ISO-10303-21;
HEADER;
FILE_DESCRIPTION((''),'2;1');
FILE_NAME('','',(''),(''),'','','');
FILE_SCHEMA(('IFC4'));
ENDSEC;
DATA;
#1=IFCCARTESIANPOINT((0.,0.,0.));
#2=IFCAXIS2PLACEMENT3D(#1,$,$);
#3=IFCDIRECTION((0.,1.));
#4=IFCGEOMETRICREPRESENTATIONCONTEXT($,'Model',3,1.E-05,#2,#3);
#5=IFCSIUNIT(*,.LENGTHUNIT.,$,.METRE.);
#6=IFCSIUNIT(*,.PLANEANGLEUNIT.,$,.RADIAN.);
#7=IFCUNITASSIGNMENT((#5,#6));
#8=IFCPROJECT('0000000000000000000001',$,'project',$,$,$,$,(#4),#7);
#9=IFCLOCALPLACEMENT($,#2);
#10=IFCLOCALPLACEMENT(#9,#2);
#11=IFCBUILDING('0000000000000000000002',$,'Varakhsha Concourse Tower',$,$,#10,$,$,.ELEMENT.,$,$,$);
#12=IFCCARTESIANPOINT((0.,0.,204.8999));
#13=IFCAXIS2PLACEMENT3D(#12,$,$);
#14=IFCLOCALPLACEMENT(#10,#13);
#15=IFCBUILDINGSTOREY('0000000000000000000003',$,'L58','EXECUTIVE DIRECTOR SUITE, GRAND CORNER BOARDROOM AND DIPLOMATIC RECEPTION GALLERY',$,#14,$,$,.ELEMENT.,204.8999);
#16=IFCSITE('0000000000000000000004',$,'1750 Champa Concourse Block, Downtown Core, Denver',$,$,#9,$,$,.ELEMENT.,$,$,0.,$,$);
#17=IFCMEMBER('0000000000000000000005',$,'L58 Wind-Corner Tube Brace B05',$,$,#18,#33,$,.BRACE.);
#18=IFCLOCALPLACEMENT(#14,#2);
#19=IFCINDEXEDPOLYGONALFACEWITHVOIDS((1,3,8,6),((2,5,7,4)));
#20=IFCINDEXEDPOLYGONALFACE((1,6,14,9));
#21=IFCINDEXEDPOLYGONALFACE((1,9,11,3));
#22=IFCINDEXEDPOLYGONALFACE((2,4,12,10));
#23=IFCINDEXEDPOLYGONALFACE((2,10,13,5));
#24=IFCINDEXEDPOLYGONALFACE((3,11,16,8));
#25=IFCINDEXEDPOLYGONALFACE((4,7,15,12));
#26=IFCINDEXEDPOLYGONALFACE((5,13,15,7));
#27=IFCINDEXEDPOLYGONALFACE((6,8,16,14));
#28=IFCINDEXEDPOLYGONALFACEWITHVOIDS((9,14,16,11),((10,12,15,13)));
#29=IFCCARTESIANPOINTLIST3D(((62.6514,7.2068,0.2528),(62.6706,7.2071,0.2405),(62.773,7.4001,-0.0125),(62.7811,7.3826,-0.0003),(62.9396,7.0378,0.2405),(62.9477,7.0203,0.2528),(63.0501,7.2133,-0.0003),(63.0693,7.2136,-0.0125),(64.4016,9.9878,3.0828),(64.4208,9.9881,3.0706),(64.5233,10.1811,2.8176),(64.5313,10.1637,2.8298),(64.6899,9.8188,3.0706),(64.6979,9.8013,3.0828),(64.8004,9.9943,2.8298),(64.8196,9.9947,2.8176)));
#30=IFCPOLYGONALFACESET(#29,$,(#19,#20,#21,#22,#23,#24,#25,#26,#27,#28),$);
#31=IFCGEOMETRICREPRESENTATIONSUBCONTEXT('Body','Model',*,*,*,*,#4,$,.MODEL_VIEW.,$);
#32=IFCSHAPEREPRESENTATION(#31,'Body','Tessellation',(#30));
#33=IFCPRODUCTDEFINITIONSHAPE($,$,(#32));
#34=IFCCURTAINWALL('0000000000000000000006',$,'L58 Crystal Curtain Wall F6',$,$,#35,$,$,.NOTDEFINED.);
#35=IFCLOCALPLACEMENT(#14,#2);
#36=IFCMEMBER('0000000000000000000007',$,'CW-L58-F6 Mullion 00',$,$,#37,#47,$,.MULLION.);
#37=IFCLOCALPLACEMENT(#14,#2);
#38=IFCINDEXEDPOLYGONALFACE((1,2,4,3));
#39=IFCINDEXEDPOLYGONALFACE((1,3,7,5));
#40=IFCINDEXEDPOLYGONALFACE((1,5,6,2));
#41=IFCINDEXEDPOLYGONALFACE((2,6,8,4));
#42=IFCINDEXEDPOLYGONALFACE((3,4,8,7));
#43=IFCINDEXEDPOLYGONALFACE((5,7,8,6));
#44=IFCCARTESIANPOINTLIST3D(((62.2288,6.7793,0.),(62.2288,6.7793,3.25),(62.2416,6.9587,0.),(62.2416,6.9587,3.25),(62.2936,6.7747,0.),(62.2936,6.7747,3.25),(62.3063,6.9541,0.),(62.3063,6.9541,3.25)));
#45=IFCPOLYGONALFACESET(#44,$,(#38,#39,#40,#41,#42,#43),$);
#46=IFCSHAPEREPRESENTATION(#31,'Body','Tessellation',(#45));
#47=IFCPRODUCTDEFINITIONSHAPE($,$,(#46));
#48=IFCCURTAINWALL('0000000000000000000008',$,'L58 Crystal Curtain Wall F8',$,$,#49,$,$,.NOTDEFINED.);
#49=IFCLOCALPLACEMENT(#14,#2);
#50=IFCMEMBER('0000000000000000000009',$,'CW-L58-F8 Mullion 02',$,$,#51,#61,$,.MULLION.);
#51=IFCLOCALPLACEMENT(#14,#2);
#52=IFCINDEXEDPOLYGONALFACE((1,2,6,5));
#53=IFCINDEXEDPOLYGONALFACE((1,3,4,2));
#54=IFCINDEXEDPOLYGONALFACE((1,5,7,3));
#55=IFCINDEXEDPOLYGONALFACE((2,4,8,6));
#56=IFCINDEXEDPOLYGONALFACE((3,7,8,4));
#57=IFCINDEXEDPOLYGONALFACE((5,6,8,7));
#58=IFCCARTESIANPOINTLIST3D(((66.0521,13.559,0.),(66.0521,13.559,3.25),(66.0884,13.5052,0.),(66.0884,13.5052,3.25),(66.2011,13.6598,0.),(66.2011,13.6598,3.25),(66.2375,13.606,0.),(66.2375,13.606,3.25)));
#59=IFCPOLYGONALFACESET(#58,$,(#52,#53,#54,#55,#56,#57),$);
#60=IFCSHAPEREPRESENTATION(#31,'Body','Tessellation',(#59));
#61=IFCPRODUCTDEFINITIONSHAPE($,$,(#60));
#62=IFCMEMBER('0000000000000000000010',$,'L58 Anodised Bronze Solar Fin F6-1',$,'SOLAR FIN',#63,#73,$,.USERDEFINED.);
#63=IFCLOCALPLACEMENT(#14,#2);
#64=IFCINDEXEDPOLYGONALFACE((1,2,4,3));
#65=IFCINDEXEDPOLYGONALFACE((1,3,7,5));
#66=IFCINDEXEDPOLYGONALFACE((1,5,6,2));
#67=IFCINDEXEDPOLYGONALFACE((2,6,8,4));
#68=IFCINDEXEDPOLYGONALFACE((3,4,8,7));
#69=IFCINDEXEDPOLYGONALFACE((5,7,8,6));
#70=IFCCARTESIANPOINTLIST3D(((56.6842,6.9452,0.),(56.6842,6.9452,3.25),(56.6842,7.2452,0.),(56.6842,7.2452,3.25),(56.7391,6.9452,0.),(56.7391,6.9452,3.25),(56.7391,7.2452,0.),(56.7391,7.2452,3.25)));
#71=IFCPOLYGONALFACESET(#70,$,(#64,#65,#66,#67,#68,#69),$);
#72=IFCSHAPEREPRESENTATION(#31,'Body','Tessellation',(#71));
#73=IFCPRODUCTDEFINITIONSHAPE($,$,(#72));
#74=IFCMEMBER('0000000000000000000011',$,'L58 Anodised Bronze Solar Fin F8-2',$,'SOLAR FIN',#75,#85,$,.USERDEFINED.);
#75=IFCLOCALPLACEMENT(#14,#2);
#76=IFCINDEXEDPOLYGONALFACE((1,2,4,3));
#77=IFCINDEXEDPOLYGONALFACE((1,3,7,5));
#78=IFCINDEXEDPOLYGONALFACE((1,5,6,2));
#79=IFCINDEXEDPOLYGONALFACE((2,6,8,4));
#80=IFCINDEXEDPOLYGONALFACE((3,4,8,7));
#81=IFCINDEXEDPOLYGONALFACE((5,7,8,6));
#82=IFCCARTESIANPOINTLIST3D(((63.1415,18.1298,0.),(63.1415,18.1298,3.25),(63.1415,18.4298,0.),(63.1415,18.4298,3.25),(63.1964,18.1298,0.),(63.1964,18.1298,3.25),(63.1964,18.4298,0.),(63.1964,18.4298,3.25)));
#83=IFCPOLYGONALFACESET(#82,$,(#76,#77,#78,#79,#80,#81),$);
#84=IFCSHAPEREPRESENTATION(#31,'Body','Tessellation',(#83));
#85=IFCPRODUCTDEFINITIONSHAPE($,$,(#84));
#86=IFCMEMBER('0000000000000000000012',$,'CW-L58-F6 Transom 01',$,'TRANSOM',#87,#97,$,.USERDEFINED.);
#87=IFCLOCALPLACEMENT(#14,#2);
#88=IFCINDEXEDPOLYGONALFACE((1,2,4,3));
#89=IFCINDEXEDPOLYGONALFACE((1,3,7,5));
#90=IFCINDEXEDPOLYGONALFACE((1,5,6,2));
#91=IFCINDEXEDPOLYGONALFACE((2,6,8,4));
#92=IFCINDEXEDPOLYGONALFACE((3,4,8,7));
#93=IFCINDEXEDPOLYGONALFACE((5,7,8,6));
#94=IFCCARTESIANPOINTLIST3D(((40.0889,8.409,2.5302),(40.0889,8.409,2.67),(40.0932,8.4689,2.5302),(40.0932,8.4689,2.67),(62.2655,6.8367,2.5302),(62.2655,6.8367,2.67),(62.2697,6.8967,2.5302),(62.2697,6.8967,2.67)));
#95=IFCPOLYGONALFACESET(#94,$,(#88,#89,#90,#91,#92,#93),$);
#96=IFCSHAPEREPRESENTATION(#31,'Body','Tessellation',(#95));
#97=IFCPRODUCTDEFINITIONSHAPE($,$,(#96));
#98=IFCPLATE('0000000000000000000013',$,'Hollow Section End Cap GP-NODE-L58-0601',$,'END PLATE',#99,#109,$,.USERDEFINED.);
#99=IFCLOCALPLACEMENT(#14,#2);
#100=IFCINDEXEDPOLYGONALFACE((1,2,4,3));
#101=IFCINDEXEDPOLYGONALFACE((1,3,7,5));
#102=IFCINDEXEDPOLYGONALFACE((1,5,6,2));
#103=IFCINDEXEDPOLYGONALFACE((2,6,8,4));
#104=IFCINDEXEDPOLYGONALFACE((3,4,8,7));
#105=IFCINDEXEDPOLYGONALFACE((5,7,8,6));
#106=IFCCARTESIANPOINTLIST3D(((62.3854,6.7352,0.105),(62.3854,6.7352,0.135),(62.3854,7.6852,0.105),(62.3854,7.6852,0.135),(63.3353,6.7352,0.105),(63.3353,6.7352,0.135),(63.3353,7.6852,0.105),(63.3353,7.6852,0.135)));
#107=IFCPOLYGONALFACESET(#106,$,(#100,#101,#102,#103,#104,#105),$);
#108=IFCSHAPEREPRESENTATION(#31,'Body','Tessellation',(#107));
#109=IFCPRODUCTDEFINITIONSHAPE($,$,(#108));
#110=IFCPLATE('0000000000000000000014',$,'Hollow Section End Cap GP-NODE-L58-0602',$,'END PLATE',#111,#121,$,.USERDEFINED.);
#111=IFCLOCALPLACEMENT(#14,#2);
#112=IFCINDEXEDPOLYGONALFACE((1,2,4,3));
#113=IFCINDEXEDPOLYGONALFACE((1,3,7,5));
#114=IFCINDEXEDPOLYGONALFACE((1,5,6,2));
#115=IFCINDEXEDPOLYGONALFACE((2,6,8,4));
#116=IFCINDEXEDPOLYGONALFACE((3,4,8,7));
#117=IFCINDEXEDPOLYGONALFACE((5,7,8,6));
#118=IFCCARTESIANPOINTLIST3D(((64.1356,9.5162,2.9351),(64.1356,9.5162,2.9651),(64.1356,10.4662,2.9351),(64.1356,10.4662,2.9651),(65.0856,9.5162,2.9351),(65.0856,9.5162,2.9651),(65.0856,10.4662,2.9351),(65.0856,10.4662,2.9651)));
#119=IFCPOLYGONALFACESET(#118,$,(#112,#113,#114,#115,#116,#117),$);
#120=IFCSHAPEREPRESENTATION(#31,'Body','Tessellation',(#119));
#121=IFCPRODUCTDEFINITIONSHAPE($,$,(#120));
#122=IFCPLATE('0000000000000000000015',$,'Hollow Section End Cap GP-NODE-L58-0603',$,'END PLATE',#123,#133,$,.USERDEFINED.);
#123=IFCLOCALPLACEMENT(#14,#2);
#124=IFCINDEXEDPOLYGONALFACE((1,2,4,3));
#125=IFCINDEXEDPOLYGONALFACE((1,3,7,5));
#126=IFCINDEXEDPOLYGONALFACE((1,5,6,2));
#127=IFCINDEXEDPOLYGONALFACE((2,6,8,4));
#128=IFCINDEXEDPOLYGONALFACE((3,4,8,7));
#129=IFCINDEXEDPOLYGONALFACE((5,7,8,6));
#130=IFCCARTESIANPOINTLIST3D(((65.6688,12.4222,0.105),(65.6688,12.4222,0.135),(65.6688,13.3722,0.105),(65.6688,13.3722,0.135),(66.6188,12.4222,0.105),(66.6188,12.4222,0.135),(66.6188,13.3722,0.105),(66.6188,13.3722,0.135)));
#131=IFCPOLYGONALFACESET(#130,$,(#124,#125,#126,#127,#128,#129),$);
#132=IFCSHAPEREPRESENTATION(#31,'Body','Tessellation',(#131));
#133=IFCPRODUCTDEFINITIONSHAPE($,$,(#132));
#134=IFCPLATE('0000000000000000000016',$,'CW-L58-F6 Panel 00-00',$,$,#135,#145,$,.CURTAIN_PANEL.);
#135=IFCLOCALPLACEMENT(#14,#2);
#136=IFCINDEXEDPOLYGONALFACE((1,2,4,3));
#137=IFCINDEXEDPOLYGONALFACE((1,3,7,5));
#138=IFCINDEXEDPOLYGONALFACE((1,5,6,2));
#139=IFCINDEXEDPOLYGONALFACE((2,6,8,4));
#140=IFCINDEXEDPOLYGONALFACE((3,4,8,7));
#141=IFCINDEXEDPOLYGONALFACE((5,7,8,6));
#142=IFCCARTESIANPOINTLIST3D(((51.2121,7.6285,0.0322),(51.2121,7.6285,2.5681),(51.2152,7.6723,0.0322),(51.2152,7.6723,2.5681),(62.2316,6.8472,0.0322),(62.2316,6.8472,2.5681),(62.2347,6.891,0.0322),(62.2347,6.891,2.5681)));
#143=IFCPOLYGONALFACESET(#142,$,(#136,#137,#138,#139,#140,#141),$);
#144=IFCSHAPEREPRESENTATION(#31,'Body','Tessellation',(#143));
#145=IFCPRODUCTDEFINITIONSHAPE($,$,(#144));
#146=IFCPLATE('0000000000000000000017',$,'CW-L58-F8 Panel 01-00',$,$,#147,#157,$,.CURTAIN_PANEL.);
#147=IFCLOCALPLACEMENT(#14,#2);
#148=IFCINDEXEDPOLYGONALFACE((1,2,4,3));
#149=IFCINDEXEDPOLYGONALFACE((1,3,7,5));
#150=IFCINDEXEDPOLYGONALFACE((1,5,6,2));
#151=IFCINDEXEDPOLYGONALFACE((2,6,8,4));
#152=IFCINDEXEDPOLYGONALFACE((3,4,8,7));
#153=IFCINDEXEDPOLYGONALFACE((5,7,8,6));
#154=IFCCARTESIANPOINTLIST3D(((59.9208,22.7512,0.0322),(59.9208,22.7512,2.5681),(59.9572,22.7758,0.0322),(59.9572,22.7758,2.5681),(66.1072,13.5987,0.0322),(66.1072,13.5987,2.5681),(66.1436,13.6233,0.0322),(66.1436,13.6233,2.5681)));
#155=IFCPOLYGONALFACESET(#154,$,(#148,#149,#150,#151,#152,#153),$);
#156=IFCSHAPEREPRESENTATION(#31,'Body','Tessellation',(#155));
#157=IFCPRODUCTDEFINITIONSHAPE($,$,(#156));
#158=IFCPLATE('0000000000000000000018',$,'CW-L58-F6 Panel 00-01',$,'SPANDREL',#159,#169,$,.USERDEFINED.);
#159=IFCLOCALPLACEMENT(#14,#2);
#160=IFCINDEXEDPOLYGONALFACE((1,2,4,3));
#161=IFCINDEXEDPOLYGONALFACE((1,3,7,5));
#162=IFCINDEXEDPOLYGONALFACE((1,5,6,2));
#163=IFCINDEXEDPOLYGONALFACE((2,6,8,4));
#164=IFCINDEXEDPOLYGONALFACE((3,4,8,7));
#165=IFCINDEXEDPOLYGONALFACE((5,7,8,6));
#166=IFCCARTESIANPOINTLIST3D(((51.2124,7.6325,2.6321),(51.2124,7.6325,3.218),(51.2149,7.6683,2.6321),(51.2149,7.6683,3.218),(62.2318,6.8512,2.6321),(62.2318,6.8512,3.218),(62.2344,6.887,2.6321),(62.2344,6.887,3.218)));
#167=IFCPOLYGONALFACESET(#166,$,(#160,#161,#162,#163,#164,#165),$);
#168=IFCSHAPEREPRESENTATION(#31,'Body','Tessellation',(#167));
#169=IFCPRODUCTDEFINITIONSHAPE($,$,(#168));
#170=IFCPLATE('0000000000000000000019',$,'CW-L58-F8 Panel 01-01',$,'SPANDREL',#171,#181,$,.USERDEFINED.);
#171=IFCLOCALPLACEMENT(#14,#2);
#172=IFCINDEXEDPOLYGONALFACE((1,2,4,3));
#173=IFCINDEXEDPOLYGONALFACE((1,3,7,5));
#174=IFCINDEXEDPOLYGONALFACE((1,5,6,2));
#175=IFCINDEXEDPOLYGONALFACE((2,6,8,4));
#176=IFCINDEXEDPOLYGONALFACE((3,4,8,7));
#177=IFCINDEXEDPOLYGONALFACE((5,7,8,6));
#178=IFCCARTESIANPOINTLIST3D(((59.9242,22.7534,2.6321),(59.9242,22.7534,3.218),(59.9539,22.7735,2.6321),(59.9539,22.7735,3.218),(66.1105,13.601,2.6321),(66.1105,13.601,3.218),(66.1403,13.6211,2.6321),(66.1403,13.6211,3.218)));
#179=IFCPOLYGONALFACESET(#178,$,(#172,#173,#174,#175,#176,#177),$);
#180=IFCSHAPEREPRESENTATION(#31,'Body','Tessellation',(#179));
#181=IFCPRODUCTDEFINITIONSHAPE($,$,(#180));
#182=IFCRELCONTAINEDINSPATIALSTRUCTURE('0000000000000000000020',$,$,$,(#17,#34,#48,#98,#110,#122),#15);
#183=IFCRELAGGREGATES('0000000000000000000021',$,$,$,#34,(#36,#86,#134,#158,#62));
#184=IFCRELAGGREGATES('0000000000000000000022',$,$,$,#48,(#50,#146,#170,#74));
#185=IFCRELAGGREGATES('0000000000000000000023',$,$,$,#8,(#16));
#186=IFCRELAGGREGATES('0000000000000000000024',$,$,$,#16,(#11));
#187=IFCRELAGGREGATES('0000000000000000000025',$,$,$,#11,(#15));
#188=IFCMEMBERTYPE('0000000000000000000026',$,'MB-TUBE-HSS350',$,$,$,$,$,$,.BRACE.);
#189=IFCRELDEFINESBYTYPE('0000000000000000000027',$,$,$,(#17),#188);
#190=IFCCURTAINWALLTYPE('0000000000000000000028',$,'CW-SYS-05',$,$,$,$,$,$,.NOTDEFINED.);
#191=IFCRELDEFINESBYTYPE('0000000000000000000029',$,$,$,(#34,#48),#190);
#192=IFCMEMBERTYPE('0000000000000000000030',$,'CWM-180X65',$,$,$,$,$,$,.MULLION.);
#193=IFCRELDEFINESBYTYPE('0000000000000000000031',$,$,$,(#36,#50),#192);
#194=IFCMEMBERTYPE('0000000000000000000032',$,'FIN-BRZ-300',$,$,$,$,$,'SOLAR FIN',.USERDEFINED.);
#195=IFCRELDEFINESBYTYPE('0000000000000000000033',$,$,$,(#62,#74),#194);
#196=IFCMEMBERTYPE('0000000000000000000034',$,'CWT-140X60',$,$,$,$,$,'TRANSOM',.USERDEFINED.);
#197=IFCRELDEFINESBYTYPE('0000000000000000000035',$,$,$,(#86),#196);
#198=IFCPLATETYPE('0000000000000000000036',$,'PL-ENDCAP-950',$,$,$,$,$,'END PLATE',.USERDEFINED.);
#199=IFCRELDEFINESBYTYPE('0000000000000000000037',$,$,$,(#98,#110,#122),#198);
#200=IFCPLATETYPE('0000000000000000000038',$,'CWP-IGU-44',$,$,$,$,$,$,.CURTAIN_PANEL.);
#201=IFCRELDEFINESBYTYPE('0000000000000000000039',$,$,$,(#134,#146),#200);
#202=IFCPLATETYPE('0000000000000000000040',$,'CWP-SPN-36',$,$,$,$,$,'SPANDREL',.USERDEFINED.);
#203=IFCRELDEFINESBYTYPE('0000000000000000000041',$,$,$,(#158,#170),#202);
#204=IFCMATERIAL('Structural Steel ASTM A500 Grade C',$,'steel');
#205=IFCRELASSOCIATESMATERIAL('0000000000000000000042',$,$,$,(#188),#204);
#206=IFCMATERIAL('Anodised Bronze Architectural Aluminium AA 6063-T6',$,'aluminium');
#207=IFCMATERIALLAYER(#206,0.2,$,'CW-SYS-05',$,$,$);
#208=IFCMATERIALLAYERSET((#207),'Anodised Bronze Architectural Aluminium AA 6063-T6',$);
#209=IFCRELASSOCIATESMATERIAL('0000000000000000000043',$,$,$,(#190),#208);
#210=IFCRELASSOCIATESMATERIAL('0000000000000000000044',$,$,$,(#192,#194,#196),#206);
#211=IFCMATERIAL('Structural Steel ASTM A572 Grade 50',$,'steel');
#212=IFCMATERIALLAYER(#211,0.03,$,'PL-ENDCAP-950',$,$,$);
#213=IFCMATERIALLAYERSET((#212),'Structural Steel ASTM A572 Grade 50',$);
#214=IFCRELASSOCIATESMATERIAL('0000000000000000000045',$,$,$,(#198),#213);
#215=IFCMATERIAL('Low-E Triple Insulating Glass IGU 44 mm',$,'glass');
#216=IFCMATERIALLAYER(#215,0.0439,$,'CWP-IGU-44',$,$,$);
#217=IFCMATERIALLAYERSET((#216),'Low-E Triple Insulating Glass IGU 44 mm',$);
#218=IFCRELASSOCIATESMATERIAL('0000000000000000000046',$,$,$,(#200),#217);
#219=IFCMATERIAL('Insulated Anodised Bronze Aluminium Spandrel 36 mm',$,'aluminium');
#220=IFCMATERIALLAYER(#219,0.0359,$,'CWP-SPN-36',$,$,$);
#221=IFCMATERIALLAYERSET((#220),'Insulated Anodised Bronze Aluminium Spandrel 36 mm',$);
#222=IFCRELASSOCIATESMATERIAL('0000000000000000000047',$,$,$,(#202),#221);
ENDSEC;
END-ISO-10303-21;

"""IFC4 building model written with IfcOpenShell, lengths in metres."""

from ifc_helpers import new_model, si_unit, direction, frame, origin, origin_2d, place, context, subcontext, project, spatial, rectangle, hollow_rectangle, extrude, source, transform, mapped, material, layer, layer_set, material_profile, profile_set, type_object, type_shapes, element, aggregate, save


model = new_model("IFC4")

# Units and contexts
model_context = context("Model", 3, precision=1e-05, world=origin(), true_north=direction((0.0, 1.0)))
body_context = subcontext(model_context, "Body", "Model", "MODEL_VIEW")
ifc_project = project(units=[si_unit("LENGTHUNIT", "METRE"), si_unit("PLANEANGLEUNIT", "RADIAN")], contexts=[model_context])

# Site, building, storey
site_placement = place(None, origin())
site = spatial("IfcSite", under=ifc_project, at=site_placement, Name="1750 Champa Concourse Block, Downtown Core, Denver", CompositionType="ELEMENT", RefElevation=0.0)
building_placement = place(site_placement, origin())
building = spatial("IfcBuilding", under=site, at=building_placement, Name="Varakhsha Concourse Tower", CompositionType="ELEMENT")
storey_placement = place(building_placement, frame((0.0, 0.0, 204.8999)))
storey = spatial("IfcBuildingStorey", under=building, at=storey_placement, Name="L58", Description="EXECUTIVE DIRECTOR SUITE, GRAND CORNER BOARDROOM AND DIPLOMATIC RECEPTION GALLERY", CompositionType="ELEMENT", Elevation=204.8999)

# Shared definitions
ifc_material_1 = material(Name="Structural Steel ASTM A572 Grade 50", Category="steel")

# Member
ifc_material_2 = material(Name="Structural Steel ASTM A500 Grade C", Category="steel")
ifc_material_profile_1 = material_profile(ifc_material_2, hollow_rectangle(XDim=0.3501, YDim=0.3501, WallThickness=0.0161, at=origin_2d()), Name="HSS 350x350x16")
ifc_profile_set_1 = profile_set([ifc_material_profile_1], Name="Structural Steel ASTM A500 Grade C")
member_type_1 = type_object("IfcMemberType", Name="MB-TUBE-HSS350", PredefinedType="BRACE", material=ifc_profile_set_1)
shared_shape_1 = source(origin(), body_context, "Body", "SweptSolid", [
    extrude(hollow_rectangle(XDim=0.3501, YDim=0.3501, WallThickness=0.0161, at=origin_2d()), origin(), (0.0, 0.0, 1.0), 4.3367),
])
member_1_placement = place(storey_placement, frame((62.8604, 7.2102, 0.1201), z_axis=(0.403592, 0.641277, 0.652593), x_axis=(-0.846337, 0.532648, 0.0)))
element("IfcMember", 1, at=member_1_placement, inside=storey, type_object=member_type_1, Name="L58 Wind-Corner Tube Brace B05", PredefinedType="BRACE", context=body_context, shape_type="MappedRepresentation", body=[
    mapped(shared_shape_1, transform((0.0, 0.0, 0.0), scale=1.0)),
])

# Curtain walls, members
ifc_material_3 = material(Name="Anodised Bronze Architectural Aluminium AA 6063-T6", Category="aluminium")
ifc_layer_1 = layer(ifc_material_3, 0.2, Name="CW-SYS-05")
ifc_layer_set_1 = layer_set([ifc_layer_1], Name="Anodised Bronze Architectural Aluminium AA 6063-T6")
curtain_wall_type = type_object("IfcCurtainWallType", Name="CW-SYS-05", PredefinedType="NOTDEFINED", material=ifc_layer_set_1)
curtain_wall_1_placement = place(storey_placement, origin())
curtain_wall_1 = element("IfcCurtainWall", 2, at=curtain_wall_1_placement, inside=storey, type_object=curtain_wall_type, Name="L58 Crystal Curtain Wall F6", PredefinedType="NOTDEFINED")
ifc_material_profile_2 = material_profile(ifc_material_3, rectangle(XDim=0.0649, YDim=0.1799, at=origin_2d()), Name="CWM-180X65")
ifc_profile_set_2 = profile_set([ifc_material_profile_2], Name="Anodised Bronze Architectural Aluminium AA 6063-T6")
member_type_2 = type_object("IfcMemberType", Name="CWM-180X65", PredefinedType="MULLION", material=ifc_profile_set_2)
shared_shape_2 = source(origin(), body_context, "Body", "SweptSolid", [
    extrude(rectangle(XDim=0.0649, YDim=0.1799, at=origin_2d()), origin(), (0.0, 0.0, 1.0), 3.25),
])
type_shapes(member_type_2, [shared_shape_2])
member_2_placement = place(storey_placement, frame((62.2676, 6.8667, 0.0), z_axis=(0.0, 0.0, 1.0), x_axis=(-0.997496, 0.070723, 0.0)))
member_2 = element("IfcMember", 3, at=member_2_placement, type_object=member_type_2, Name="CW-L58-F6 Mullion 00", PredefinedType="MULLION", context=body_context, shape_type="MappedRepresentation", body=[
    mapped(shared_shape_2, transform((0.0, 0.0, 0.0), scale=1.0)),
])
curtain_wall_2_placement = place(storey_placement, origin())
curtain_wall_2 = element("IfcCurtainWall", 4, at=curtain_wall_2_placement, inside=storey, type_object=curtain_wall_type, Name="L58 Crystal Curtain Wall F8", PredefinedType="NOTDEFINED")
member_3_placement = place(storey_placement, frame((66.1448, 13.5825, 0.0), z_axis=(0.0, 0.0, 1.0), x_axis=(0.559999, -0.828494, 0.0)))
member_3 = element("IfcMember", 5, at=member_3_placement, type_object=member_type_2, Name="CW-L58-F8 Mullion 02", PredefinedType="MULLION", context=body_context, shape_type="MappedRepresentation", body=[
    mapped(shared_shape_2, transform((0.0, 0.0, 0.0), scale=1.0)),
])

# Members
ifc_material_profile_3 = material_profile(ifc_material_3, rectangle(XDim=0.0549, YDim=0.3, at=origin_2d()), Name="FIN-BRZ-300")
ifc_profile_set_3 = profile_set([ifc_material_profile_3], Name="Anodised Bronze Architectural Aluminium AA 6063-T6")
member_type_3 = type_object("IfcMemberType", Name="FIN-BRZ-300", ElementType="SOLAR FIN", PredefinedType="USERDEFINED", material=ifc_profile_set_3)
shared_shape_3 = source(origin(), body_context, "Body", "SweptSolid", [
    extrude(rectangle(XDim=0.0549, YDim=0.3, at=origin_2d()), origin(), (0.0, 0.0, 1.0), 3.25),
])
type_shapes(member_type_3, [shared_shape_3])
member_4_placement = place(storey_placement, frame((56.7117, 7.0952, 0.0), z_axis=(0.0, 0.0, 1.0), x_axis=(1.0, 0.0, 0.0)))
member_4 = element("IfcMember", 6, at=member_4_placement, type_object=member_type_3, Name="L58 Anodised Bronze Solar Fin F6-1", ObjectType="SOLAR FIN", PredefinedType="USERDEFINED", context=body_context, shape_type="MappedRepresentation", body=[
    mapped(shared_shape_3, transform((0.0, 0.0, 0.0), scale=1.0)),
])
member_5_placement = place(storey_placement, frame((63.1689, 18.2798, 0.0), z_axis=(0.0, 0.0, 1.0), x_axis=(1.0, 0.0, 0.0)))
member_5 = element("IfcMember", 7, at=member_5_placement, type_object=member_type_3, Name="L58 Anodised Bronze Solar Fin F8-2", ObjectType="SOLAR FIN", PredefinedType="USERDEFINED", context=body_context, shape_type="MappedRepresentation", body=[
    mapped(shared_shape_3, transform((0.0, 0.0, 0.0), scale=1.0)),
])
ifc_material_profile_4 = material_profile(ifc_material_3, rectangle(XDim=0.0601, YDim=0.1399, at=origin_2d()), Name="CWT-140X60")
ifc_profile_set_4 = profile_set([ifc_material_profile_4], Name="Anodised Bronze Architectural Aluminium AA 6063-T6")
member_type_4 = type_object("IfcMemberType", Name="CWT-140X60", ElementType="TRANSOM", PredefinedType="USERDEFINED", material=ifc_profile_set_4)
shared_shape_4 = source(origin(), body_context, "Body", "SweptSolid", [
    extrude(rectangle(XDim=0.0601, YDim=0.1399, at=origin_2d()), origin(), (0.0, 0.0, 1.0), 22.2322),
])
type_shapes(member_type_4, [shared_shape_4])
member_6_placement = place(storey_placement, frame((62.2676, 6.8667, 2.6001), z_axis=(-0.997496, 0.07072, 0.0), x_axis=(-0.07072, -0.997496, 0.0)))
member_6 = element("IfcMember", 8, at=member_6_placement, type_object=member_type_4, Name="CW-L58-F6 Transom 01", ObjectType="TRANSOM", PredefinedType="USERDEFINED", context=body_context, shape_type="MappedRepresentation", body=[
    mapped(shared_shape_4, transform((0.0, 0.0, 0.0), scale=1.0)),
])

# Plates
ifc_layer_2 = layer(ifc_material_1, 0.03, Name="PL-ENDCAP-950")
ifc_layer_set_2 = layer_set([ifc_layer_2], Name="Structural Steel ASTM A572 Grade 50")
plate_type_1 = type_object("IfcPlateType", Name="PL-ENDCAP-950", ElementType="END PLATE", PredefinedType="USERDEFINED", material=ifc_layer_set_2)
shared_shape_5 = source(origin(), body_context, "Body", "SweptSolid", [
    extrude(rectangle(XDim=0.95, YDim=0.95, at=origin_2d()), origin(), (0.0, 0.0, 1.0), 0.03),
])
type_shapes(plate_type_1, [shared_shape_5])
for number, where, z_axis, x_axis, name in (
    (9, (62.8604, 7.2102, 0.105), (0.0, 0.0, 1.0), (1.0, 0.0, 0.0), "Hollow Section End Cap GP-NODE-L58-0601"),
    (10, (64.6106, 9.9912, 2.9351), (0.0, 0.0, 1.0), (1.0, 0.0, 0.0), "Hollow Section End Cap GP-NODE-L58-0602"),
    (11, (66.1438, 12.8972, 0.105), (0.0, 0.0, 1.0), (1.0, 0.0, 0.0), "Hollow Section End Cap GP-NODE-L58-0603"),
):
    element("IfcPlate", number, at=place(storey_placement, frame(where, z_axis=z_axis, x_axis=x_axis)), inside=storey, type_object=plate_type_1, Name=name, ObjectType="END PLATE", PredefinedType="USERDEFINED", context=body_context, shape_type="MappedRepresentation", body=[
        mapped(shared_shape_5, transform((0.0, 0.0, 0.0), scale=1.0)),
    ])

# Plates
ifc_material_4 = material(Name="Low-E Triple Insulating Glass IGU 44 mm", Category="glass")
ifc_layer_3 = layer(ifc_material_4, 0.0439, Name="CWP-IGU-44")
ifc_layer_set_3 = layer_set([ifc_layer_3], Name="Low-E Triple Insulating Glass IGU 44 mm")
plate_type_2 = type_object("IfcPlateType", Name="CWP-IGU-44", PredefinedType="CURTAIN_PANEL", material=ifc_layer_set_3)
shared_shape_6 = source(origin(), body_context, "Body", "SweptSolid", [
    extrude(rectangle(XDim=11.0471, YDim=0.0439, at=origin_2d()), origin(), (0.0, 0.0, 1.0), 2.5359),
])
type_shapes(plate_type_2, [shared_shape_6])
plate_1_placement = place(storey_placement, frame((56.7234, 7.2598, 0.0322), z_axis=(0.0, 0.0, 1.0), x_axis=(-0.997496, 0.070723, 0.0)))
plate_1 = element("IfcPlate", 12, at=plate_1_placement, type_object=plate_type_2, Name="CW-L58-F6 Panel 00-00", PredefinedType="CURTAIN_PANEL", context=body_context, shape_type="MappedRepresentation", body=[
    mapped(shared_shape_6, transform((0.0, 0.0, 0.0), scale=1.0)),
])
plate_2_placement = place(storey_placement, frame((63.0322, 18.1873, 0.0322), z_axis=(0.0, 0.0, 1.0), x_axis=(0.559999, -0.828494, 0.0)))
plate_2 = element("IfcPlate", 13, at=plate_2_placement, type_object=plate_type_2, Name="CW-L58-F8 Panel 01-00", PredefinedType="CURTAIN_PANEL", context=body_context, shape_type="MappedRepresentation", body=[
    mapped(shared_shape_6, transform((0.0, 0.0, 0.0), scale=1.0)),
])
ifc_material_5 = material(Name="Insulated Anodised Bronze Aluminium Spandrel 36 mm", Category="aluminium")
ifc_layer_4 = layer(ifc_material_5, 0.0359, Name="CWP-SPN-36")
ifc_layer_set_4 = layer_set([ifc_layer_4], Name="Insulated Anodised Bronze Aluminium Spandrel 36 mm")
plate_type_3 = type_object("IfcPlateType", Name="CWP-SPN-36", ElementType="SPANDREL", PredefinedType="USERDEFINED", material=ifc_layer_set_4)
shared_shape_7 = source(origin(), body_context, "Body", "SweptSolid", [
    extrude(rectangle(XDim=11.0471, YDim=0.0359, at=origin_2d()), origin(), (0.0, 0.0, 1.0), 0.5859),
])
type_shapes(plate_type_3, [shared_shape_7])
plate_3_placement = place(storey_placement, frame((56.7234, 7.2598, 2.6321), z_axis=(0.0, 0.0, 1.0), x_axis=(-0.997496, 0.070723, 0.0)))
plate_3 = element("IfcPlate", 14, at=plate_3_placement, type_object=plate_type_3, Name="CW-L58-F6 Panel 00-01", ObjectType="SPANDREL", PredefinedType="USERDEFINED", context=body_context, shape_type="MappedRepresentation", body=[
    mapped(shared_shape_7, transform((0.0, 0.0, 0.0), scale=1.0)),
])
aggregate(curtain_wall_1, [member_2, member_6, plate_1, plate_3, member_4])
plate_4_placement = place(storey_placement, frame((63.0322, 18.1873, 2.6321), z_axis=(0.0, 0.0, 1.0), x_axis=(0.559999, -0.828494, 0.0)))
plate_4 = element("IfcPlate", 15, at=plate_4_placement, type_object=plate_type_3, Name="CW-L58-F8 Panel 01-01", ObjectType="SPANDREL", PredefinedType="USERDEFINED", context=body_context, shape_type="MappedRepresentation", body=[
    mapped(shared_shape_7, transform((0.0, 0.0, 0.0), scale=1.0)),
])
aggregate(curtain_wall_2, [member_3, plate_2, plate_4, member_5])

save(model, "model.ifc")
